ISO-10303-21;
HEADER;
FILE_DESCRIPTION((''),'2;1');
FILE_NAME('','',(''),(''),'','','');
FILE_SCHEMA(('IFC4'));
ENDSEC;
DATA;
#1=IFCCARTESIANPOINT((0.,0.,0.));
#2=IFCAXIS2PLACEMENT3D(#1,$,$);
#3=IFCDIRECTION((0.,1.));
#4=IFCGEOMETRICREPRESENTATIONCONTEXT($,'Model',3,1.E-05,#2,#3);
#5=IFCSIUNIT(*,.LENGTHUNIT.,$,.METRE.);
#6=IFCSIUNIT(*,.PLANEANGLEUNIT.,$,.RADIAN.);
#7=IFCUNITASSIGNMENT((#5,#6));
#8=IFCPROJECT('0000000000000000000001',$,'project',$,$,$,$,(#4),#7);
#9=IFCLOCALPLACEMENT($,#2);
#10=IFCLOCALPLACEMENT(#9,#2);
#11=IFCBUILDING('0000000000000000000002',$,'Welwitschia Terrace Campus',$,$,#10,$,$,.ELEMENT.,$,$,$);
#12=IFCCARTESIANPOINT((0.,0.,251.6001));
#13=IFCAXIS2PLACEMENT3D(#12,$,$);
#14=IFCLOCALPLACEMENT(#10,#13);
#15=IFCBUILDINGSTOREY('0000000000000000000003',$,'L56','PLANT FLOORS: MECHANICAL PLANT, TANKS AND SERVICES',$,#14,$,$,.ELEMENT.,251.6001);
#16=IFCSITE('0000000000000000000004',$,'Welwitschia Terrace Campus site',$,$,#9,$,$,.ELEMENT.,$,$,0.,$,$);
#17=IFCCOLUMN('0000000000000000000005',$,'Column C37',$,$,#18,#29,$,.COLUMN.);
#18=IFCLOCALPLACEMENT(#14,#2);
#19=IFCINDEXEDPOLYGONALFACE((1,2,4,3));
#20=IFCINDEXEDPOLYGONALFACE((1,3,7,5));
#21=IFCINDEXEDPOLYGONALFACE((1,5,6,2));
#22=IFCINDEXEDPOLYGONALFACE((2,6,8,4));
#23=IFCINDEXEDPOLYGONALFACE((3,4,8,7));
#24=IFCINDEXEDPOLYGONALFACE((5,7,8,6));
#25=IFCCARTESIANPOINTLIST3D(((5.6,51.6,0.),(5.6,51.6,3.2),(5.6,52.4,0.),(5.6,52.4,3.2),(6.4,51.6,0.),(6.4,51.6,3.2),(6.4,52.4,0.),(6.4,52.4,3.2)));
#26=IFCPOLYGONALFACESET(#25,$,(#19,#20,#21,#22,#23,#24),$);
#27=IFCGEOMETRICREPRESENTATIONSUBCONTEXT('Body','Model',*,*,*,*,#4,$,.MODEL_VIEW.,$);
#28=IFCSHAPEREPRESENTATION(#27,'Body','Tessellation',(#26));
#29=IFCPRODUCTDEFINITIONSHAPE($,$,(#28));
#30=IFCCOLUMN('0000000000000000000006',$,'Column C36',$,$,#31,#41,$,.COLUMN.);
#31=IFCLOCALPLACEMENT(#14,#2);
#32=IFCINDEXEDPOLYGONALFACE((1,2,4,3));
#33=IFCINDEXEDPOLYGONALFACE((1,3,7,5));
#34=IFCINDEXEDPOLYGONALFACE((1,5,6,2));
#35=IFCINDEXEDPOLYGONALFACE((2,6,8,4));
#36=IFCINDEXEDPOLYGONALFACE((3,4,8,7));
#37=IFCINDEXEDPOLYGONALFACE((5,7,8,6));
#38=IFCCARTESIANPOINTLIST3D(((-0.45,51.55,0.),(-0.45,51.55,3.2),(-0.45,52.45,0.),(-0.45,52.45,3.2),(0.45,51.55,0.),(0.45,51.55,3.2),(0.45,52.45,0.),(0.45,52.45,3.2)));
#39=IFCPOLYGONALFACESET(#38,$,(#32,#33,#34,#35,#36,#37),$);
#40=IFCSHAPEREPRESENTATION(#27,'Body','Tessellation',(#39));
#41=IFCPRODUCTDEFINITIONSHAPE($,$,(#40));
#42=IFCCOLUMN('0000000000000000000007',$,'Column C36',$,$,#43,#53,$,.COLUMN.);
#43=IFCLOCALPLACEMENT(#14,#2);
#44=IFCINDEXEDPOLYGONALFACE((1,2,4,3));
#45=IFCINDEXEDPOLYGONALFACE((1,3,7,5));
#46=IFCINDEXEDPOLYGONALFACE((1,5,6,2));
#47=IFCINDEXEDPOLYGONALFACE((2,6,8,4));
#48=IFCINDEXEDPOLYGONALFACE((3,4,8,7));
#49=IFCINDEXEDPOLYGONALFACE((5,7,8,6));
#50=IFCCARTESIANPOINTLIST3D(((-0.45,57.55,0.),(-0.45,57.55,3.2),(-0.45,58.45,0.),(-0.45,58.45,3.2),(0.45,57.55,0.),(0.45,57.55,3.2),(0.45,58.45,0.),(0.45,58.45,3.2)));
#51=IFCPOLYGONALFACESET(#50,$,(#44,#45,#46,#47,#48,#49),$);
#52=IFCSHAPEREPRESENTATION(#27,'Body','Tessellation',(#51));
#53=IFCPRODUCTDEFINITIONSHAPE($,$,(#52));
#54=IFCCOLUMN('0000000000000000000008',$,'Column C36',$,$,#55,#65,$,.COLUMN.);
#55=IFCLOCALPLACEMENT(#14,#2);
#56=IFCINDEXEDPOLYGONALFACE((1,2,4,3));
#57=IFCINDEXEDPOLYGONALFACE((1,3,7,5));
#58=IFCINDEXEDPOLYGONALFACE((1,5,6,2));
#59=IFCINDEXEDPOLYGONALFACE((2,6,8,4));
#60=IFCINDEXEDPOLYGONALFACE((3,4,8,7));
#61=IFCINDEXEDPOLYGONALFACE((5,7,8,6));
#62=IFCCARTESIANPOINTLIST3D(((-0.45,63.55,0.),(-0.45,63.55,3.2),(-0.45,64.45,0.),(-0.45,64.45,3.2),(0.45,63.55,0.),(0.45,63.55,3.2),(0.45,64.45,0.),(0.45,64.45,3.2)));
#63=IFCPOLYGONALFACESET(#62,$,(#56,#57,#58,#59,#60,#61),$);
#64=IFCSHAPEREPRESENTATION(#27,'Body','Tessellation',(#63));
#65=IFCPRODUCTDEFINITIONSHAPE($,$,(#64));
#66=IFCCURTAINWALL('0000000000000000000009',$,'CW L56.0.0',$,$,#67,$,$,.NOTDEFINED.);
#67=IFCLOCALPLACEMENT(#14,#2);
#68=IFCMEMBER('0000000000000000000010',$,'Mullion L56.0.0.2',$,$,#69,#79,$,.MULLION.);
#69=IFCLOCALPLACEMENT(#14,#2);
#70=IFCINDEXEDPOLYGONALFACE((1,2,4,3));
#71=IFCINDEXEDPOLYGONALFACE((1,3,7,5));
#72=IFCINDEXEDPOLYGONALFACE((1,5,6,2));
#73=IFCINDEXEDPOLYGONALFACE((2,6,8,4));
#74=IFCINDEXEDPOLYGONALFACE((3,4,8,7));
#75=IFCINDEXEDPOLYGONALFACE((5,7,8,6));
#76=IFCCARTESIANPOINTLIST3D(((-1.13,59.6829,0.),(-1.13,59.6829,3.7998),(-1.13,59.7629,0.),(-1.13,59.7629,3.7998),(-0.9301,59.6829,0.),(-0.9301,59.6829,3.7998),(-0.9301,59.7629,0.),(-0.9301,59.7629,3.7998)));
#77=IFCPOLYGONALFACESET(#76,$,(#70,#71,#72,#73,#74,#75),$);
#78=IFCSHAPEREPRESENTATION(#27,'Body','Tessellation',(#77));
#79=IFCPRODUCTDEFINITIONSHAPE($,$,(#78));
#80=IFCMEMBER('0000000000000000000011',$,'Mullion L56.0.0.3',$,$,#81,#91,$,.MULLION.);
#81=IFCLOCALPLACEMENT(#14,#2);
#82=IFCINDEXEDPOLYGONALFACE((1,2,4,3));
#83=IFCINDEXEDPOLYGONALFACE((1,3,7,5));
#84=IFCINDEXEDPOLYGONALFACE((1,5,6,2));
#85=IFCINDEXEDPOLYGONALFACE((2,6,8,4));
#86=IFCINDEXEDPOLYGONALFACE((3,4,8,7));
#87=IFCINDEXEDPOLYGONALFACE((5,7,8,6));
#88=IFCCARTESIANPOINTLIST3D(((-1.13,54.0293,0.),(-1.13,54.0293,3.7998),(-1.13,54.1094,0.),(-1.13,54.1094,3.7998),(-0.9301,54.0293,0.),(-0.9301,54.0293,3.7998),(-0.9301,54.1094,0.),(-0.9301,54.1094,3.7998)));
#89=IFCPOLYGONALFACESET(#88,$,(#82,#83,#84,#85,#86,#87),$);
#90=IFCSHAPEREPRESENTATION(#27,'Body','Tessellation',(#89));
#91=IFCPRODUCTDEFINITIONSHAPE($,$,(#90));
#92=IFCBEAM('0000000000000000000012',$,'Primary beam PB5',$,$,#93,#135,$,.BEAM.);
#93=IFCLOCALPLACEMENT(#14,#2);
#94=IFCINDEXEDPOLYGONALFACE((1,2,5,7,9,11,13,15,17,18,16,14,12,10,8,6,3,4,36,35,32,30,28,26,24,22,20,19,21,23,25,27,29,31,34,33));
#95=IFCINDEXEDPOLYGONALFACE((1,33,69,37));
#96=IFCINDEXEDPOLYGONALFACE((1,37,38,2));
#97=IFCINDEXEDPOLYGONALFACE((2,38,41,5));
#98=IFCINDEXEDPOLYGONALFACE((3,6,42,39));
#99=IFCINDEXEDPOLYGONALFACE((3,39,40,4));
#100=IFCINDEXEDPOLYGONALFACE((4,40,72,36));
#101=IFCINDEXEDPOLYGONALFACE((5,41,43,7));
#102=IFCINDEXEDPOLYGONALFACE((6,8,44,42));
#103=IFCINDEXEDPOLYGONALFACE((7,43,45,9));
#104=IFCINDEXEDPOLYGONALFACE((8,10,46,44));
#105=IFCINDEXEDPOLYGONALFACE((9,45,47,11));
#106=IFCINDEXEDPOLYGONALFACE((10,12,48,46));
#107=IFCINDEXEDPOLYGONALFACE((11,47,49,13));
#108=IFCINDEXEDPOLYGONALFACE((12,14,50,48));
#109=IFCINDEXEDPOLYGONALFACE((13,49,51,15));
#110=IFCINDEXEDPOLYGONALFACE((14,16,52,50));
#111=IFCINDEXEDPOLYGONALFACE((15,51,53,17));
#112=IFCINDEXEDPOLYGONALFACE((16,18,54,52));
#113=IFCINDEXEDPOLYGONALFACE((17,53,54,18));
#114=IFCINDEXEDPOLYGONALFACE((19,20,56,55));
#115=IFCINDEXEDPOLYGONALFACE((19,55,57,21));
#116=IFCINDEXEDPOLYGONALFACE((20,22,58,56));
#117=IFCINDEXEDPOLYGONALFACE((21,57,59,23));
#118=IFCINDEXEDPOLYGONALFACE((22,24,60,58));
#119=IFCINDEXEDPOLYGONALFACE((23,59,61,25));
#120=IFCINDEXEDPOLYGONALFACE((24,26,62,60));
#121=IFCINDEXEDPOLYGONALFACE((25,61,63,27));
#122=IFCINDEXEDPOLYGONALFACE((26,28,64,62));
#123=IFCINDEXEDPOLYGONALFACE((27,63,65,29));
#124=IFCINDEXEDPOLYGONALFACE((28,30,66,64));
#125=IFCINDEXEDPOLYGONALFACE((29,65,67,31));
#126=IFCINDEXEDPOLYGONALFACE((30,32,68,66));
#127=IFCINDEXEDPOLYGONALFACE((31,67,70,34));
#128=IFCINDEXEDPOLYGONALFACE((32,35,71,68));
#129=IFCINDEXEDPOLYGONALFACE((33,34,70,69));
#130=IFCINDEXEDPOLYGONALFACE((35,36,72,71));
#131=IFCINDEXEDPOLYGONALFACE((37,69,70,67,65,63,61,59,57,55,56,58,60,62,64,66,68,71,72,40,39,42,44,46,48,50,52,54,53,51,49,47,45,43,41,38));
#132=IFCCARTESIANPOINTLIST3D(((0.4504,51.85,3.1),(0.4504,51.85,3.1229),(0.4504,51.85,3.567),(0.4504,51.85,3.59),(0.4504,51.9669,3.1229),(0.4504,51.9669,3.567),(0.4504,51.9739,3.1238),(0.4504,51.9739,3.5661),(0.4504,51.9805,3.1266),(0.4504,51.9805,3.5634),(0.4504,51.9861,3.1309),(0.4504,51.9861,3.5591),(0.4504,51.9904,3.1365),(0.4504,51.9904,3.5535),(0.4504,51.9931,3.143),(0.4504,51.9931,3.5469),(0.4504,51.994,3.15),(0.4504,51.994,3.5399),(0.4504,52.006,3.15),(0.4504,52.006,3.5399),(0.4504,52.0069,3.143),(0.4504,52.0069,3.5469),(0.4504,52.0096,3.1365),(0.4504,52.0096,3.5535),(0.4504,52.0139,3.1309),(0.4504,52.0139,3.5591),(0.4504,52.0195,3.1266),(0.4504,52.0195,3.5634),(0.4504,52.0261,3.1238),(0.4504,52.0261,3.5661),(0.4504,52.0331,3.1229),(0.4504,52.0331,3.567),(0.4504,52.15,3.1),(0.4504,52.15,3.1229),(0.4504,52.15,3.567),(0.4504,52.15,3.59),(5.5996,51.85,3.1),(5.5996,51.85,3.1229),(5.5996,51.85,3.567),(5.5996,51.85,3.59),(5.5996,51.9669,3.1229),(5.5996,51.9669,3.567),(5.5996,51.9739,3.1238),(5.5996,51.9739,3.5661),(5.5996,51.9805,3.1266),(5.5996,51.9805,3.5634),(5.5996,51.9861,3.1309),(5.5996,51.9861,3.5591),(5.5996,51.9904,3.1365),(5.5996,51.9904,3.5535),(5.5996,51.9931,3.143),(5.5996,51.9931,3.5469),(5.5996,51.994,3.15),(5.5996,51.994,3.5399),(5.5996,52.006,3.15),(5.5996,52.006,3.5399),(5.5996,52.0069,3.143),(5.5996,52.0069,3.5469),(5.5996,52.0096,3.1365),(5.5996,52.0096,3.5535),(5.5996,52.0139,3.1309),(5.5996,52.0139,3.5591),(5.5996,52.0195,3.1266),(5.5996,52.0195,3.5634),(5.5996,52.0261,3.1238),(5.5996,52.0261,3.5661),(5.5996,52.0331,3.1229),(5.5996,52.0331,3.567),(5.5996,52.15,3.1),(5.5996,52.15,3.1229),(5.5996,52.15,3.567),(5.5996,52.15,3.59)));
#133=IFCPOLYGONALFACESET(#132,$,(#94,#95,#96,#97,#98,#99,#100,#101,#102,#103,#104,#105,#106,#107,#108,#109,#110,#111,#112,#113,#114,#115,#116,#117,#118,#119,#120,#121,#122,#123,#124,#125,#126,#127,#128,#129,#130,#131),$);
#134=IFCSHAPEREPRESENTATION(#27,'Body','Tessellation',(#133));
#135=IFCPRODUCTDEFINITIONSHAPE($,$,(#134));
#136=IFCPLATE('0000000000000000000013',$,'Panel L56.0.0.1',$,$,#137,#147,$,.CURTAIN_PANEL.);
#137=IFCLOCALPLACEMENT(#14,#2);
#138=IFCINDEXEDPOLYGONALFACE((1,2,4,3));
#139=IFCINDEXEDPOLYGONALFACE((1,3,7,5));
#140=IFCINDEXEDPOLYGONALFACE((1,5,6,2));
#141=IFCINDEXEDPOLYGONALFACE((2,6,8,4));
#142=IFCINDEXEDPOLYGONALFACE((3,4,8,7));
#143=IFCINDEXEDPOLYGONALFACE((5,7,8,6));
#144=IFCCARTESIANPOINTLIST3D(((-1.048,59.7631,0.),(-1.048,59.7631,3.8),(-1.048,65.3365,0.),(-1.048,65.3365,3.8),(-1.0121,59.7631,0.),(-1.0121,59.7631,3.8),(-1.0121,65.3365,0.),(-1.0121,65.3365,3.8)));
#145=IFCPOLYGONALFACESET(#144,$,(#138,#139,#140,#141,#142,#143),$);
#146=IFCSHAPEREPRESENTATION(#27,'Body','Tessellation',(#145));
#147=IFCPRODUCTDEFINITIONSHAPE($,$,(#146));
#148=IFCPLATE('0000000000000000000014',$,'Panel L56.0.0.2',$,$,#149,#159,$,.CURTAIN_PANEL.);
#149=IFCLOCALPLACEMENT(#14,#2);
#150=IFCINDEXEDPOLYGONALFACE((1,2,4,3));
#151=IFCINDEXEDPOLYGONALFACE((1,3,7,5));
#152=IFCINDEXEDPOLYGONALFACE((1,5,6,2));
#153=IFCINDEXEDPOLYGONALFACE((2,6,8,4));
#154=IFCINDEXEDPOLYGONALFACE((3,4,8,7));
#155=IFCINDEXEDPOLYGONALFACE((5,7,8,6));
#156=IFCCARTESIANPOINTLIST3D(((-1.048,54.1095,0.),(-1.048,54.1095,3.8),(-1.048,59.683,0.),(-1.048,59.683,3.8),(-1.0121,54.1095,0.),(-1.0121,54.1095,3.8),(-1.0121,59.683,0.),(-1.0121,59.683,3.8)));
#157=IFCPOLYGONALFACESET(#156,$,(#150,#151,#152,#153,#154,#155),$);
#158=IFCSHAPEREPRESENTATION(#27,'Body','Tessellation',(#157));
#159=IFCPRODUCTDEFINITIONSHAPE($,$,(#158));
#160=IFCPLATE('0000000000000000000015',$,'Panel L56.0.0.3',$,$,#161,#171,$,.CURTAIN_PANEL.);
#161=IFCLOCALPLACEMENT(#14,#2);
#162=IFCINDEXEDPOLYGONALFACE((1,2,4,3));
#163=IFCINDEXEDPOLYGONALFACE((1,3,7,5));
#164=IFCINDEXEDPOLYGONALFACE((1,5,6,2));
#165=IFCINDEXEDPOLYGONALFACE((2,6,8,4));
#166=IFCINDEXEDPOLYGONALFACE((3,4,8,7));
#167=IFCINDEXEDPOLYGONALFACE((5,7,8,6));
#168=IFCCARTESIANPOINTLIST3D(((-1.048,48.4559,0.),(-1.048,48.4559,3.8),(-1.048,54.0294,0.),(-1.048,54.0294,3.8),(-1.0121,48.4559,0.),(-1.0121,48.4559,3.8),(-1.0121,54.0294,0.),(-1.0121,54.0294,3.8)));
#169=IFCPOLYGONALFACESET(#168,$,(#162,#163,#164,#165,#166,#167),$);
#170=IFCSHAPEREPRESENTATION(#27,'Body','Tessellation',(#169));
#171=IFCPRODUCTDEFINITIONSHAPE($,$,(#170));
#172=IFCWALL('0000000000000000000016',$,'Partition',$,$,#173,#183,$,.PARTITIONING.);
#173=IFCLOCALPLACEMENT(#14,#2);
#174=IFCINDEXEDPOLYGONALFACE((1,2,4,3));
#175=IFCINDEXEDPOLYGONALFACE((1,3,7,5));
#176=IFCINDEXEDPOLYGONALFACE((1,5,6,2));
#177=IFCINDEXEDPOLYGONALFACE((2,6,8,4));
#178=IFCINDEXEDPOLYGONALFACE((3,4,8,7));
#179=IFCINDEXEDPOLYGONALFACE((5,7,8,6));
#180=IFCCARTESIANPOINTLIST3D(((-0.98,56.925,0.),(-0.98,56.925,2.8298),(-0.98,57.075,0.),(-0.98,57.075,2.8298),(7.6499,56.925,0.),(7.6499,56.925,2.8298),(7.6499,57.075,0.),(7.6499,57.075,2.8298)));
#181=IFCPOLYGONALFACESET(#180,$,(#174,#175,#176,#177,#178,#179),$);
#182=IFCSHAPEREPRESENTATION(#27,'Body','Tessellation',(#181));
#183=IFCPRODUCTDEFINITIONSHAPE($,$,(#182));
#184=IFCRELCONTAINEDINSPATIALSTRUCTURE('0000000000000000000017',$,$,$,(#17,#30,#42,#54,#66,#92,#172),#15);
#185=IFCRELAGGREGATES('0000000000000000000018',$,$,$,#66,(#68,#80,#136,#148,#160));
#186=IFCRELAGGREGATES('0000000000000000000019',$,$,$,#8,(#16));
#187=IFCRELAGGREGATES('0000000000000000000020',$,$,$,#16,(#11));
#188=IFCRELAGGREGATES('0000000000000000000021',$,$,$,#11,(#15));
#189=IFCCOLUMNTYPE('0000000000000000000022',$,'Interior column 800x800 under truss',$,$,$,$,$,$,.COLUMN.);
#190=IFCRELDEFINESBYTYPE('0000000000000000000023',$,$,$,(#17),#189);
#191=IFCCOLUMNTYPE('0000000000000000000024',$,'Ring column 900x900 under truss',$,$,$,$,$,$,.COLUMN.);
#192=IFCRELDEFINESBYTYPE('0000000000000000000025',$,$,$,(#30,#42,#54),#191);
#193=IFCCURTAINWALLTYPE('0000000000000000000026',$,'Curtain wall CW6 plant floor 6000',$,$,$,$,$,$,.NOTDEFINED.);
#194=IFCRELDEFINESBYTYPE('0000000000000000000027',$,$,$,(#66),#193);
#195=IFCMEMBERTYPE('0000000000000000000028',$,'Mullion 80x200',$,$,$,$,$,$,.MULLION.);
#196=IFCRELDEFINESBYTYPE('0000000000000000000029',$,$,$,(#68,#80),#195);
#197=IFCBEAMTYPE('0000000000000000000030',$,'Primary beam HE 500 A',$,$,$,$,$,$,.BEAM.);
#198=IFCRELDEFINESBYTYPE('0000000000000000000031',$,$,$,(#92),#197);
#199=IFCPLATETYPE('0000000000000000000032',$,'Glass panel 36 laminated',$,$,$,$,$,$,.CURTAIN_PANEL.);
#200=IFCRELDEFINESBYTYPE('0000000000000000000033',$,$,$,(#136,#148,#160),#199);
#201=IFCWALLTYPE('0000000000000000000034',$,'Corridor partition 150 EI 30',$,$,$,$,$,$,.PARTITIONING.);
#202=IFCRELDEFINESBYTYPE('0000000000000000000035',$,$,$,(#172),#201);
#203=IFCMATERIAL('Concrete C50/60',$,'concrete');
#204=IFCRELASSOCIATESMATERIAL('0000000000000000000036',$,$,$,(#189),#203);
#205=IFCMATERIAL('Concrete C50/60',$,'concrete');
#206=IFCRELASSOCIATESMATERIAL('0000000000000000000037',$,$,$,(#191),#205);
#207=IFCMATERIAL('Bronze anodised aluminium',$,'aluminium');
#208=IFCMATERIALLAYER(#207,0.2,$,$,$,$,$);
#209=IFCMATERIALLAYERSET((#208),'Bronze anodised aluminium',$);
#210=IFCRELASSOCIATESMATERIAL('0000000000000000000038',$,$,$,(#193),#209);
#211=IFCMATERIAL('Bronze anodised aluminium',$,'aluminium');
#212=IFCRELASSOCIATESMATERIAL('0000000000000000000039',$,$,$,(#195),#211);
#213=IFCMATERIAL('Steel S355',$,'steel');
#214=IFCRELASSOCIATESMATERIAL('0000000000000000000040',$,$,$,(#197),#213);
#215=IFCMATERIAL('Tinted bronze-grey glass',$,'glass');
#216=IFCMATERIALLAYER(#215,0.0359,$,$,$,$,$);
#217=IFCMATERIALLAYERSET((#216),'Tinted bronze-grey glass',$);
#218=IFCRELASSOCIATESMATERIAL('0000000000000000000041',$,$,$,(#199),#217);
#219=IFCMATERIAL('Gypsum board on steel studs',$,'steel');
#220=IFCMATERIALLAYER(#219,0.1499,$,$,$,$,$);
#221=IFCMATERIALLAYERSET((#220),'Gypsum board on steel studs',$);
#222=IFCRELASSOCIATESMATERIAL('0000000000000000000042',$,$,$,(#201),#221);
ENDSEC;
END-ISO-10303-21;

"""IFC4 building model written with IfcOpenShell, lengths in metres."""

from ifc_helpers import new_model, si_unit, direction, frame, frame_2d, origin, origin_2d, place, context, subcontext, project, spatial, rectangle, i_section, extrude, material, layer, layer_set, material_profile, profile_set, type_object, element, aggregate, save


model = new_model("IFC4")

# Units and contexts
model_context = context("Model", 3, precision=1e-05, world=origin(), true_north=direction((0.0, 1.0)))
body_context = subcontext(model_context, "Body", "Model", "MODEL_VIEW")
ifc_project = project(units=[si_unit("LENGTHUNIT", "METRE"), si_unit("PLANEANGLEUNIT", "RADIAN")], contexts=[model_context])

# Site, building, storey
site_placement = place(None, origin())
site = spatial("IfcSite", under=ifc_project, at=site_placement, Name="Welwitschia Terrace Campus site", CompositionType="ELEMENT", RefElevation=0.0)
building_placement = place(site_placement, origin())
building = spatial("IfcBuilding", under=site, at=building_placement, Name="Welwitschia Terrace Campus", CompositionType="ELEMENT")
storey_placement = place(building_placement, frame((0.0, 0.0, 251.6001)))
storey = spatial("IfcBuildingStorey", under=building, at=storey_placement, Name="L56", Description="PLANT FLOORS: MECHANICAL PLANT, TANKS AND SERVICES", CompositionType="ELEMENT", Elevation=251.6001)

# Columns
ifc_material_1 = material(Name="Concrete C50/60", Category="concrete")
ifc_material_profile_1 = material_profile(ifc_material_1, rectangle(XDim=0.8, YDim=0.8, at=origin_2d()))
ifc_profile_set_1 = profile_set([ifc_material_profile_1], Name="Concrete C50/60")
column_type_1 = type_object("IfcColumnType", Name="Interior column 800x800 under truss", PredefinedType="COLUMN", material=ifc_profile_set_1)
column_placement = place(storey_placement, frame((6.0, 52.0, 0.0), z_axis=(0.0, 0.0, 1.0), x_axis=(1.0, 0.0, 0.0)))
element("IfcColumn", 1, at=column_placement, inside=storey, type_object=column_type_1, Name="Column C37", PredefinedType="COLUMN", context=body_context, shape_type="SweptSolid", body=[
    extrude(rectangle(XDim=0.8, YDim=0.8, at=origin_2d()), origin(), (0.0, 0.0, 1.0), 3.2),
])
ifc_material_2 = material(Name="Concrete C50/60", Category="concrete")
ifc_material_profile_2 = material_profile(ifc_material_2, rectangle(XDim=0.8999, YDim=0.8999, at=origin_2d()))
ifc_profile_set_2 = profile_set([ifc_material_profile_2], Name="Concrete C50/60")
column_type_2 = type_object("IfcColumnType", Name="Ring column 900x900 under truss", PredefinedType="COLUMN", material=ifc_profile_set_2)
for number, where, z_axis, x_axis, name in (
    (2, (0.0, 52.0, 0.0), (0.0, 0.0, 1.0), (1.0, 0.0, 0.0), "Column C36"),
    (3, (0.0, 58.0, 0.0), (0.0, 0.0, 1.0), (1.0, 0.0, 0.0), "Column C36"),
    (4, (0.0, 64.0, 0.0), (0.0, 0.0, 1.0), (1.0, 0.0, 0.0), "Column C36"),
):
    element("IfcColumn", number, at=place(storey_placement, frame(where, z_axis=z_axis, x_axis=x_axis)), inside=storey, type_object=column_type_2, Name=name, PredefinedType="COLUMN", context=body_context, shape_type="SweptSolid", body=[
        extrude(rectangle(XDim=0.8999, YDim=0.8999, at=origin_2d()), origin(), (0.0, 0.0, 1.0), 3.2),
    ])

# Curtain wall, members
ifc_material_3 = material(Name="Bronze anodised aluminium", Category="aluminium")
ifc_layer_1 = layer(ifc_material_3, 0.2)
ifc_layer_set_1 = layer_set([ifc_layer_1], Name="Bronze anodised aluminium")
curtain_wall_type = type_object("IfcCurtainWallType", Name="Curtain wall CW6 plant floor 6000", PredefinedType="NOTDEFINED", material=ifc_layer_set_1)
curtain_wall_placement = place(storey_placement, origin())
curtain_wall = element("IfcCurtainWall", 5, at=curtain_wall_placement, inside=storey, type_object=curtain_wall_type, Name="CW L56.0.0", PredefinedType="NOTDEFINED")
ifc_material_4 = material(Name="Bronze anodised aluminium", Category="aluminium")
ifc_material_profile_3 = material_profile(ifc_material_4, rectangle(XDim=0.2, YDim=0.0801, at=origin_2d()))
ifc_profile_set_3 = profile_set([ifc_material_profile_3], Name="Bronze anodised aluminium")
member_type = type_object("IfcMemberType", Name="Mullion 80x200", PredefinedType="MULLION", material=ifc_profile_set_3)
member_1_placement = place(storey_placement, frame((-1.03, 59.7229, 0.0), z_axis=(0.0, 0.0, 1.0), x_axis=(1.0, 0.0, 0.0)))
member_1 = element("IfcMember", 6, at=member_1_placement, type_object=member_type, Name="Mullion L56.0.0.2", PredefinedType="MULLION", context=body_context, shape_type="SweptSolid", body=[
    extrude(rectangle(XDim=0.2, YDim=0.0801, at=origin_2d()), origin(), (0.0, 0.0, 1.0), 3.7998),
])
member_2_placement = place(storey_placement, frame((-1.03, 54.0693, 0.0), z_axis=(0.0, 0.0, 1.0), x_axis=(1.0, 0.0, 0.0)))
member_2 = element("IfcMember", 7, at=member_2_placement, type_object=member_type, Name="Mullion L56.0.0.3", PredefinedType="MULLION", context=body_context, shape_type="SweptSolid", body=[
    extrude(rectangle(XDim=0.2, YDim=0.0801, at=origin_2d()), origin(), (0.0, 0.0, 1.0), 3.7998),
])

# Beam
ifc_material_5 = material(Name="Steel S355", Category="steel")
ifc_material_profile_4 = material_profile(ifc_material_5, i_section(OverallWidth=0.3, OverallDepth=0.49, WebThickness=0.012, FlangeThickness=0.0229, FilletRadius=0.0271, at=origin_2d()))
ifc_profile_set_4 = profile_set([ifc_material_profile_4], Name="Steel S355")
beam_type = type_object("IfcBeamType", Name="Primary beam HE 500 A", PredefinedType="BEAM", material=ifc_profile_set_4)
beam_placement = place(storey_placement, frame((0.4504, 52.0, 3.345), z_axis=(1.0, 0.0, 0.0), x_axis=(0.0, 1.0, 0.0)))
element("IfcBeam", 8, at=beam_placement, inside=storey, type_object=beam_type, Name="Primary beam PB5", PredefinedType="BEAM", context=body_context, shape_type="SweptSolid", body=[
    extrude(i_section(OverallWidth=0.3, OverallDepth=0.49, WebThickness=0.012, FlangeThickness=0.0229, FilletRadius=0.0271, at=origin_2d()), origin(), (0.0, 0.0, 1.0), 5.1492),
])

# Plates
ifc_material_6 = material(Name="Tinted bronze-grey glass", Category="glass")
ifc_layer_2 = layer(ifc_material_6, 0.0359)
ifc_layer_set_2 = layer_set([ifc_layer_2], Name="Tinted bronze-grey glass")
plate_type = type_object("IfcPlateType", Name="Glass panel 36 laminated", PredefinedType="CURTAIN_PANEL", material=ifc_layer_set_2)
plate_1_placement = place(storey_placement, frame((-1.03, 62.5498, 0.0), z_axis=(0.0, 0.0, 1.0), x_axis=(0.0, -1.0, 0.0)))
plate_1 = element("IfcPlate", 9, at=plate_1_placement, type_object=plate_type, Name="Panel L56.0.0.1", PredefinedType="CURTAIN_PANEL", context=body_context, shape_type="SweptSolid", body=[
    extrude(rectangle(XDim=5.5735, YDim=0.0359, at=origin_2d()), origin(), (0.0, 0.0, 1.0), 3.8),
])
plate_2_placement = place(storey_placement, frame((-1.03, 56.8962, 0.0), z_axis=(0.0, 0.0, 1.0), x_axis=(0.0, -1.0, 0.0)))
plate_2 = element("IfcPlate", 10, at=plate_2_placement, type_object=plate_type, Name="Panel L56.0.0.2", PredefinedType="CURTAIN_PANEL", context=body_context, shape_type="SweptSolid", body=[
    extrude(rectangle(XDim=5.5735, YDim=0.0359, at=origin_2d()), origin(), (0.0, 0.0, 1.0), 3.8),
])
plate_3_placement = place(storey_placement, frame((-1.03, 51.2427, 0.0), z_axis=(0.0, 0.0, 1.0), x_axis=(0.0, -1.0, 0.0)))
plate_3 = element("IfcPlate", 11, at=plate_3_placement, type_object=plate_type, Name="Panel L56.0.0.3", PredefinedType="CURTAIN_PANEL", context=body_context, shape_type="SweptSolid", body=[
    extrude(rectangle(XDim=5.5735, YDim=0.0359, at=origin_2d()), origin(), (0.0, 0.0, 1.0), 3.8),
])
aggregate(curtain_wall, [member_1, member_2, plate_1, plate_2, plate_3])

# Wall
ifc_material_7 = material(Name="Gypsum board on steel studs", Category="steel")
ifc_layer_3 = layer(ifc_material_7, 0.1499)
ifc_layer_set_3 = layer_set([ifc_layer_3], Name="Gypsum board on steel studs")
wall_type = type_object("IfcWallType", Name="Corridor partition 150 EI 30", PredefinedType="PARTITIONING", material=ifc_layer_set_3)
wall_1_placement = place(storey_placement, frame((-0.98, 57.0, 0.0), z_axis=(0.0, 0.0, 1.0), x_axis=(1.0, 0.0, 0.0)))
element("IfcWall", 12, at=wall_1_placement, inside=storey, type_object=wall_type, Name="Partition", PredefinedType="PARTITIONING", context=body_context, shape_type="SweptSolid", body=[
    extrude(rectangle(XDim=8.6299, YDim=0.1499, at=frame_2d((4.3149, 0.0))), origin(), (0.0, 0.0, 1.0), 2.8298),
])

save(model, "model.ifc")
